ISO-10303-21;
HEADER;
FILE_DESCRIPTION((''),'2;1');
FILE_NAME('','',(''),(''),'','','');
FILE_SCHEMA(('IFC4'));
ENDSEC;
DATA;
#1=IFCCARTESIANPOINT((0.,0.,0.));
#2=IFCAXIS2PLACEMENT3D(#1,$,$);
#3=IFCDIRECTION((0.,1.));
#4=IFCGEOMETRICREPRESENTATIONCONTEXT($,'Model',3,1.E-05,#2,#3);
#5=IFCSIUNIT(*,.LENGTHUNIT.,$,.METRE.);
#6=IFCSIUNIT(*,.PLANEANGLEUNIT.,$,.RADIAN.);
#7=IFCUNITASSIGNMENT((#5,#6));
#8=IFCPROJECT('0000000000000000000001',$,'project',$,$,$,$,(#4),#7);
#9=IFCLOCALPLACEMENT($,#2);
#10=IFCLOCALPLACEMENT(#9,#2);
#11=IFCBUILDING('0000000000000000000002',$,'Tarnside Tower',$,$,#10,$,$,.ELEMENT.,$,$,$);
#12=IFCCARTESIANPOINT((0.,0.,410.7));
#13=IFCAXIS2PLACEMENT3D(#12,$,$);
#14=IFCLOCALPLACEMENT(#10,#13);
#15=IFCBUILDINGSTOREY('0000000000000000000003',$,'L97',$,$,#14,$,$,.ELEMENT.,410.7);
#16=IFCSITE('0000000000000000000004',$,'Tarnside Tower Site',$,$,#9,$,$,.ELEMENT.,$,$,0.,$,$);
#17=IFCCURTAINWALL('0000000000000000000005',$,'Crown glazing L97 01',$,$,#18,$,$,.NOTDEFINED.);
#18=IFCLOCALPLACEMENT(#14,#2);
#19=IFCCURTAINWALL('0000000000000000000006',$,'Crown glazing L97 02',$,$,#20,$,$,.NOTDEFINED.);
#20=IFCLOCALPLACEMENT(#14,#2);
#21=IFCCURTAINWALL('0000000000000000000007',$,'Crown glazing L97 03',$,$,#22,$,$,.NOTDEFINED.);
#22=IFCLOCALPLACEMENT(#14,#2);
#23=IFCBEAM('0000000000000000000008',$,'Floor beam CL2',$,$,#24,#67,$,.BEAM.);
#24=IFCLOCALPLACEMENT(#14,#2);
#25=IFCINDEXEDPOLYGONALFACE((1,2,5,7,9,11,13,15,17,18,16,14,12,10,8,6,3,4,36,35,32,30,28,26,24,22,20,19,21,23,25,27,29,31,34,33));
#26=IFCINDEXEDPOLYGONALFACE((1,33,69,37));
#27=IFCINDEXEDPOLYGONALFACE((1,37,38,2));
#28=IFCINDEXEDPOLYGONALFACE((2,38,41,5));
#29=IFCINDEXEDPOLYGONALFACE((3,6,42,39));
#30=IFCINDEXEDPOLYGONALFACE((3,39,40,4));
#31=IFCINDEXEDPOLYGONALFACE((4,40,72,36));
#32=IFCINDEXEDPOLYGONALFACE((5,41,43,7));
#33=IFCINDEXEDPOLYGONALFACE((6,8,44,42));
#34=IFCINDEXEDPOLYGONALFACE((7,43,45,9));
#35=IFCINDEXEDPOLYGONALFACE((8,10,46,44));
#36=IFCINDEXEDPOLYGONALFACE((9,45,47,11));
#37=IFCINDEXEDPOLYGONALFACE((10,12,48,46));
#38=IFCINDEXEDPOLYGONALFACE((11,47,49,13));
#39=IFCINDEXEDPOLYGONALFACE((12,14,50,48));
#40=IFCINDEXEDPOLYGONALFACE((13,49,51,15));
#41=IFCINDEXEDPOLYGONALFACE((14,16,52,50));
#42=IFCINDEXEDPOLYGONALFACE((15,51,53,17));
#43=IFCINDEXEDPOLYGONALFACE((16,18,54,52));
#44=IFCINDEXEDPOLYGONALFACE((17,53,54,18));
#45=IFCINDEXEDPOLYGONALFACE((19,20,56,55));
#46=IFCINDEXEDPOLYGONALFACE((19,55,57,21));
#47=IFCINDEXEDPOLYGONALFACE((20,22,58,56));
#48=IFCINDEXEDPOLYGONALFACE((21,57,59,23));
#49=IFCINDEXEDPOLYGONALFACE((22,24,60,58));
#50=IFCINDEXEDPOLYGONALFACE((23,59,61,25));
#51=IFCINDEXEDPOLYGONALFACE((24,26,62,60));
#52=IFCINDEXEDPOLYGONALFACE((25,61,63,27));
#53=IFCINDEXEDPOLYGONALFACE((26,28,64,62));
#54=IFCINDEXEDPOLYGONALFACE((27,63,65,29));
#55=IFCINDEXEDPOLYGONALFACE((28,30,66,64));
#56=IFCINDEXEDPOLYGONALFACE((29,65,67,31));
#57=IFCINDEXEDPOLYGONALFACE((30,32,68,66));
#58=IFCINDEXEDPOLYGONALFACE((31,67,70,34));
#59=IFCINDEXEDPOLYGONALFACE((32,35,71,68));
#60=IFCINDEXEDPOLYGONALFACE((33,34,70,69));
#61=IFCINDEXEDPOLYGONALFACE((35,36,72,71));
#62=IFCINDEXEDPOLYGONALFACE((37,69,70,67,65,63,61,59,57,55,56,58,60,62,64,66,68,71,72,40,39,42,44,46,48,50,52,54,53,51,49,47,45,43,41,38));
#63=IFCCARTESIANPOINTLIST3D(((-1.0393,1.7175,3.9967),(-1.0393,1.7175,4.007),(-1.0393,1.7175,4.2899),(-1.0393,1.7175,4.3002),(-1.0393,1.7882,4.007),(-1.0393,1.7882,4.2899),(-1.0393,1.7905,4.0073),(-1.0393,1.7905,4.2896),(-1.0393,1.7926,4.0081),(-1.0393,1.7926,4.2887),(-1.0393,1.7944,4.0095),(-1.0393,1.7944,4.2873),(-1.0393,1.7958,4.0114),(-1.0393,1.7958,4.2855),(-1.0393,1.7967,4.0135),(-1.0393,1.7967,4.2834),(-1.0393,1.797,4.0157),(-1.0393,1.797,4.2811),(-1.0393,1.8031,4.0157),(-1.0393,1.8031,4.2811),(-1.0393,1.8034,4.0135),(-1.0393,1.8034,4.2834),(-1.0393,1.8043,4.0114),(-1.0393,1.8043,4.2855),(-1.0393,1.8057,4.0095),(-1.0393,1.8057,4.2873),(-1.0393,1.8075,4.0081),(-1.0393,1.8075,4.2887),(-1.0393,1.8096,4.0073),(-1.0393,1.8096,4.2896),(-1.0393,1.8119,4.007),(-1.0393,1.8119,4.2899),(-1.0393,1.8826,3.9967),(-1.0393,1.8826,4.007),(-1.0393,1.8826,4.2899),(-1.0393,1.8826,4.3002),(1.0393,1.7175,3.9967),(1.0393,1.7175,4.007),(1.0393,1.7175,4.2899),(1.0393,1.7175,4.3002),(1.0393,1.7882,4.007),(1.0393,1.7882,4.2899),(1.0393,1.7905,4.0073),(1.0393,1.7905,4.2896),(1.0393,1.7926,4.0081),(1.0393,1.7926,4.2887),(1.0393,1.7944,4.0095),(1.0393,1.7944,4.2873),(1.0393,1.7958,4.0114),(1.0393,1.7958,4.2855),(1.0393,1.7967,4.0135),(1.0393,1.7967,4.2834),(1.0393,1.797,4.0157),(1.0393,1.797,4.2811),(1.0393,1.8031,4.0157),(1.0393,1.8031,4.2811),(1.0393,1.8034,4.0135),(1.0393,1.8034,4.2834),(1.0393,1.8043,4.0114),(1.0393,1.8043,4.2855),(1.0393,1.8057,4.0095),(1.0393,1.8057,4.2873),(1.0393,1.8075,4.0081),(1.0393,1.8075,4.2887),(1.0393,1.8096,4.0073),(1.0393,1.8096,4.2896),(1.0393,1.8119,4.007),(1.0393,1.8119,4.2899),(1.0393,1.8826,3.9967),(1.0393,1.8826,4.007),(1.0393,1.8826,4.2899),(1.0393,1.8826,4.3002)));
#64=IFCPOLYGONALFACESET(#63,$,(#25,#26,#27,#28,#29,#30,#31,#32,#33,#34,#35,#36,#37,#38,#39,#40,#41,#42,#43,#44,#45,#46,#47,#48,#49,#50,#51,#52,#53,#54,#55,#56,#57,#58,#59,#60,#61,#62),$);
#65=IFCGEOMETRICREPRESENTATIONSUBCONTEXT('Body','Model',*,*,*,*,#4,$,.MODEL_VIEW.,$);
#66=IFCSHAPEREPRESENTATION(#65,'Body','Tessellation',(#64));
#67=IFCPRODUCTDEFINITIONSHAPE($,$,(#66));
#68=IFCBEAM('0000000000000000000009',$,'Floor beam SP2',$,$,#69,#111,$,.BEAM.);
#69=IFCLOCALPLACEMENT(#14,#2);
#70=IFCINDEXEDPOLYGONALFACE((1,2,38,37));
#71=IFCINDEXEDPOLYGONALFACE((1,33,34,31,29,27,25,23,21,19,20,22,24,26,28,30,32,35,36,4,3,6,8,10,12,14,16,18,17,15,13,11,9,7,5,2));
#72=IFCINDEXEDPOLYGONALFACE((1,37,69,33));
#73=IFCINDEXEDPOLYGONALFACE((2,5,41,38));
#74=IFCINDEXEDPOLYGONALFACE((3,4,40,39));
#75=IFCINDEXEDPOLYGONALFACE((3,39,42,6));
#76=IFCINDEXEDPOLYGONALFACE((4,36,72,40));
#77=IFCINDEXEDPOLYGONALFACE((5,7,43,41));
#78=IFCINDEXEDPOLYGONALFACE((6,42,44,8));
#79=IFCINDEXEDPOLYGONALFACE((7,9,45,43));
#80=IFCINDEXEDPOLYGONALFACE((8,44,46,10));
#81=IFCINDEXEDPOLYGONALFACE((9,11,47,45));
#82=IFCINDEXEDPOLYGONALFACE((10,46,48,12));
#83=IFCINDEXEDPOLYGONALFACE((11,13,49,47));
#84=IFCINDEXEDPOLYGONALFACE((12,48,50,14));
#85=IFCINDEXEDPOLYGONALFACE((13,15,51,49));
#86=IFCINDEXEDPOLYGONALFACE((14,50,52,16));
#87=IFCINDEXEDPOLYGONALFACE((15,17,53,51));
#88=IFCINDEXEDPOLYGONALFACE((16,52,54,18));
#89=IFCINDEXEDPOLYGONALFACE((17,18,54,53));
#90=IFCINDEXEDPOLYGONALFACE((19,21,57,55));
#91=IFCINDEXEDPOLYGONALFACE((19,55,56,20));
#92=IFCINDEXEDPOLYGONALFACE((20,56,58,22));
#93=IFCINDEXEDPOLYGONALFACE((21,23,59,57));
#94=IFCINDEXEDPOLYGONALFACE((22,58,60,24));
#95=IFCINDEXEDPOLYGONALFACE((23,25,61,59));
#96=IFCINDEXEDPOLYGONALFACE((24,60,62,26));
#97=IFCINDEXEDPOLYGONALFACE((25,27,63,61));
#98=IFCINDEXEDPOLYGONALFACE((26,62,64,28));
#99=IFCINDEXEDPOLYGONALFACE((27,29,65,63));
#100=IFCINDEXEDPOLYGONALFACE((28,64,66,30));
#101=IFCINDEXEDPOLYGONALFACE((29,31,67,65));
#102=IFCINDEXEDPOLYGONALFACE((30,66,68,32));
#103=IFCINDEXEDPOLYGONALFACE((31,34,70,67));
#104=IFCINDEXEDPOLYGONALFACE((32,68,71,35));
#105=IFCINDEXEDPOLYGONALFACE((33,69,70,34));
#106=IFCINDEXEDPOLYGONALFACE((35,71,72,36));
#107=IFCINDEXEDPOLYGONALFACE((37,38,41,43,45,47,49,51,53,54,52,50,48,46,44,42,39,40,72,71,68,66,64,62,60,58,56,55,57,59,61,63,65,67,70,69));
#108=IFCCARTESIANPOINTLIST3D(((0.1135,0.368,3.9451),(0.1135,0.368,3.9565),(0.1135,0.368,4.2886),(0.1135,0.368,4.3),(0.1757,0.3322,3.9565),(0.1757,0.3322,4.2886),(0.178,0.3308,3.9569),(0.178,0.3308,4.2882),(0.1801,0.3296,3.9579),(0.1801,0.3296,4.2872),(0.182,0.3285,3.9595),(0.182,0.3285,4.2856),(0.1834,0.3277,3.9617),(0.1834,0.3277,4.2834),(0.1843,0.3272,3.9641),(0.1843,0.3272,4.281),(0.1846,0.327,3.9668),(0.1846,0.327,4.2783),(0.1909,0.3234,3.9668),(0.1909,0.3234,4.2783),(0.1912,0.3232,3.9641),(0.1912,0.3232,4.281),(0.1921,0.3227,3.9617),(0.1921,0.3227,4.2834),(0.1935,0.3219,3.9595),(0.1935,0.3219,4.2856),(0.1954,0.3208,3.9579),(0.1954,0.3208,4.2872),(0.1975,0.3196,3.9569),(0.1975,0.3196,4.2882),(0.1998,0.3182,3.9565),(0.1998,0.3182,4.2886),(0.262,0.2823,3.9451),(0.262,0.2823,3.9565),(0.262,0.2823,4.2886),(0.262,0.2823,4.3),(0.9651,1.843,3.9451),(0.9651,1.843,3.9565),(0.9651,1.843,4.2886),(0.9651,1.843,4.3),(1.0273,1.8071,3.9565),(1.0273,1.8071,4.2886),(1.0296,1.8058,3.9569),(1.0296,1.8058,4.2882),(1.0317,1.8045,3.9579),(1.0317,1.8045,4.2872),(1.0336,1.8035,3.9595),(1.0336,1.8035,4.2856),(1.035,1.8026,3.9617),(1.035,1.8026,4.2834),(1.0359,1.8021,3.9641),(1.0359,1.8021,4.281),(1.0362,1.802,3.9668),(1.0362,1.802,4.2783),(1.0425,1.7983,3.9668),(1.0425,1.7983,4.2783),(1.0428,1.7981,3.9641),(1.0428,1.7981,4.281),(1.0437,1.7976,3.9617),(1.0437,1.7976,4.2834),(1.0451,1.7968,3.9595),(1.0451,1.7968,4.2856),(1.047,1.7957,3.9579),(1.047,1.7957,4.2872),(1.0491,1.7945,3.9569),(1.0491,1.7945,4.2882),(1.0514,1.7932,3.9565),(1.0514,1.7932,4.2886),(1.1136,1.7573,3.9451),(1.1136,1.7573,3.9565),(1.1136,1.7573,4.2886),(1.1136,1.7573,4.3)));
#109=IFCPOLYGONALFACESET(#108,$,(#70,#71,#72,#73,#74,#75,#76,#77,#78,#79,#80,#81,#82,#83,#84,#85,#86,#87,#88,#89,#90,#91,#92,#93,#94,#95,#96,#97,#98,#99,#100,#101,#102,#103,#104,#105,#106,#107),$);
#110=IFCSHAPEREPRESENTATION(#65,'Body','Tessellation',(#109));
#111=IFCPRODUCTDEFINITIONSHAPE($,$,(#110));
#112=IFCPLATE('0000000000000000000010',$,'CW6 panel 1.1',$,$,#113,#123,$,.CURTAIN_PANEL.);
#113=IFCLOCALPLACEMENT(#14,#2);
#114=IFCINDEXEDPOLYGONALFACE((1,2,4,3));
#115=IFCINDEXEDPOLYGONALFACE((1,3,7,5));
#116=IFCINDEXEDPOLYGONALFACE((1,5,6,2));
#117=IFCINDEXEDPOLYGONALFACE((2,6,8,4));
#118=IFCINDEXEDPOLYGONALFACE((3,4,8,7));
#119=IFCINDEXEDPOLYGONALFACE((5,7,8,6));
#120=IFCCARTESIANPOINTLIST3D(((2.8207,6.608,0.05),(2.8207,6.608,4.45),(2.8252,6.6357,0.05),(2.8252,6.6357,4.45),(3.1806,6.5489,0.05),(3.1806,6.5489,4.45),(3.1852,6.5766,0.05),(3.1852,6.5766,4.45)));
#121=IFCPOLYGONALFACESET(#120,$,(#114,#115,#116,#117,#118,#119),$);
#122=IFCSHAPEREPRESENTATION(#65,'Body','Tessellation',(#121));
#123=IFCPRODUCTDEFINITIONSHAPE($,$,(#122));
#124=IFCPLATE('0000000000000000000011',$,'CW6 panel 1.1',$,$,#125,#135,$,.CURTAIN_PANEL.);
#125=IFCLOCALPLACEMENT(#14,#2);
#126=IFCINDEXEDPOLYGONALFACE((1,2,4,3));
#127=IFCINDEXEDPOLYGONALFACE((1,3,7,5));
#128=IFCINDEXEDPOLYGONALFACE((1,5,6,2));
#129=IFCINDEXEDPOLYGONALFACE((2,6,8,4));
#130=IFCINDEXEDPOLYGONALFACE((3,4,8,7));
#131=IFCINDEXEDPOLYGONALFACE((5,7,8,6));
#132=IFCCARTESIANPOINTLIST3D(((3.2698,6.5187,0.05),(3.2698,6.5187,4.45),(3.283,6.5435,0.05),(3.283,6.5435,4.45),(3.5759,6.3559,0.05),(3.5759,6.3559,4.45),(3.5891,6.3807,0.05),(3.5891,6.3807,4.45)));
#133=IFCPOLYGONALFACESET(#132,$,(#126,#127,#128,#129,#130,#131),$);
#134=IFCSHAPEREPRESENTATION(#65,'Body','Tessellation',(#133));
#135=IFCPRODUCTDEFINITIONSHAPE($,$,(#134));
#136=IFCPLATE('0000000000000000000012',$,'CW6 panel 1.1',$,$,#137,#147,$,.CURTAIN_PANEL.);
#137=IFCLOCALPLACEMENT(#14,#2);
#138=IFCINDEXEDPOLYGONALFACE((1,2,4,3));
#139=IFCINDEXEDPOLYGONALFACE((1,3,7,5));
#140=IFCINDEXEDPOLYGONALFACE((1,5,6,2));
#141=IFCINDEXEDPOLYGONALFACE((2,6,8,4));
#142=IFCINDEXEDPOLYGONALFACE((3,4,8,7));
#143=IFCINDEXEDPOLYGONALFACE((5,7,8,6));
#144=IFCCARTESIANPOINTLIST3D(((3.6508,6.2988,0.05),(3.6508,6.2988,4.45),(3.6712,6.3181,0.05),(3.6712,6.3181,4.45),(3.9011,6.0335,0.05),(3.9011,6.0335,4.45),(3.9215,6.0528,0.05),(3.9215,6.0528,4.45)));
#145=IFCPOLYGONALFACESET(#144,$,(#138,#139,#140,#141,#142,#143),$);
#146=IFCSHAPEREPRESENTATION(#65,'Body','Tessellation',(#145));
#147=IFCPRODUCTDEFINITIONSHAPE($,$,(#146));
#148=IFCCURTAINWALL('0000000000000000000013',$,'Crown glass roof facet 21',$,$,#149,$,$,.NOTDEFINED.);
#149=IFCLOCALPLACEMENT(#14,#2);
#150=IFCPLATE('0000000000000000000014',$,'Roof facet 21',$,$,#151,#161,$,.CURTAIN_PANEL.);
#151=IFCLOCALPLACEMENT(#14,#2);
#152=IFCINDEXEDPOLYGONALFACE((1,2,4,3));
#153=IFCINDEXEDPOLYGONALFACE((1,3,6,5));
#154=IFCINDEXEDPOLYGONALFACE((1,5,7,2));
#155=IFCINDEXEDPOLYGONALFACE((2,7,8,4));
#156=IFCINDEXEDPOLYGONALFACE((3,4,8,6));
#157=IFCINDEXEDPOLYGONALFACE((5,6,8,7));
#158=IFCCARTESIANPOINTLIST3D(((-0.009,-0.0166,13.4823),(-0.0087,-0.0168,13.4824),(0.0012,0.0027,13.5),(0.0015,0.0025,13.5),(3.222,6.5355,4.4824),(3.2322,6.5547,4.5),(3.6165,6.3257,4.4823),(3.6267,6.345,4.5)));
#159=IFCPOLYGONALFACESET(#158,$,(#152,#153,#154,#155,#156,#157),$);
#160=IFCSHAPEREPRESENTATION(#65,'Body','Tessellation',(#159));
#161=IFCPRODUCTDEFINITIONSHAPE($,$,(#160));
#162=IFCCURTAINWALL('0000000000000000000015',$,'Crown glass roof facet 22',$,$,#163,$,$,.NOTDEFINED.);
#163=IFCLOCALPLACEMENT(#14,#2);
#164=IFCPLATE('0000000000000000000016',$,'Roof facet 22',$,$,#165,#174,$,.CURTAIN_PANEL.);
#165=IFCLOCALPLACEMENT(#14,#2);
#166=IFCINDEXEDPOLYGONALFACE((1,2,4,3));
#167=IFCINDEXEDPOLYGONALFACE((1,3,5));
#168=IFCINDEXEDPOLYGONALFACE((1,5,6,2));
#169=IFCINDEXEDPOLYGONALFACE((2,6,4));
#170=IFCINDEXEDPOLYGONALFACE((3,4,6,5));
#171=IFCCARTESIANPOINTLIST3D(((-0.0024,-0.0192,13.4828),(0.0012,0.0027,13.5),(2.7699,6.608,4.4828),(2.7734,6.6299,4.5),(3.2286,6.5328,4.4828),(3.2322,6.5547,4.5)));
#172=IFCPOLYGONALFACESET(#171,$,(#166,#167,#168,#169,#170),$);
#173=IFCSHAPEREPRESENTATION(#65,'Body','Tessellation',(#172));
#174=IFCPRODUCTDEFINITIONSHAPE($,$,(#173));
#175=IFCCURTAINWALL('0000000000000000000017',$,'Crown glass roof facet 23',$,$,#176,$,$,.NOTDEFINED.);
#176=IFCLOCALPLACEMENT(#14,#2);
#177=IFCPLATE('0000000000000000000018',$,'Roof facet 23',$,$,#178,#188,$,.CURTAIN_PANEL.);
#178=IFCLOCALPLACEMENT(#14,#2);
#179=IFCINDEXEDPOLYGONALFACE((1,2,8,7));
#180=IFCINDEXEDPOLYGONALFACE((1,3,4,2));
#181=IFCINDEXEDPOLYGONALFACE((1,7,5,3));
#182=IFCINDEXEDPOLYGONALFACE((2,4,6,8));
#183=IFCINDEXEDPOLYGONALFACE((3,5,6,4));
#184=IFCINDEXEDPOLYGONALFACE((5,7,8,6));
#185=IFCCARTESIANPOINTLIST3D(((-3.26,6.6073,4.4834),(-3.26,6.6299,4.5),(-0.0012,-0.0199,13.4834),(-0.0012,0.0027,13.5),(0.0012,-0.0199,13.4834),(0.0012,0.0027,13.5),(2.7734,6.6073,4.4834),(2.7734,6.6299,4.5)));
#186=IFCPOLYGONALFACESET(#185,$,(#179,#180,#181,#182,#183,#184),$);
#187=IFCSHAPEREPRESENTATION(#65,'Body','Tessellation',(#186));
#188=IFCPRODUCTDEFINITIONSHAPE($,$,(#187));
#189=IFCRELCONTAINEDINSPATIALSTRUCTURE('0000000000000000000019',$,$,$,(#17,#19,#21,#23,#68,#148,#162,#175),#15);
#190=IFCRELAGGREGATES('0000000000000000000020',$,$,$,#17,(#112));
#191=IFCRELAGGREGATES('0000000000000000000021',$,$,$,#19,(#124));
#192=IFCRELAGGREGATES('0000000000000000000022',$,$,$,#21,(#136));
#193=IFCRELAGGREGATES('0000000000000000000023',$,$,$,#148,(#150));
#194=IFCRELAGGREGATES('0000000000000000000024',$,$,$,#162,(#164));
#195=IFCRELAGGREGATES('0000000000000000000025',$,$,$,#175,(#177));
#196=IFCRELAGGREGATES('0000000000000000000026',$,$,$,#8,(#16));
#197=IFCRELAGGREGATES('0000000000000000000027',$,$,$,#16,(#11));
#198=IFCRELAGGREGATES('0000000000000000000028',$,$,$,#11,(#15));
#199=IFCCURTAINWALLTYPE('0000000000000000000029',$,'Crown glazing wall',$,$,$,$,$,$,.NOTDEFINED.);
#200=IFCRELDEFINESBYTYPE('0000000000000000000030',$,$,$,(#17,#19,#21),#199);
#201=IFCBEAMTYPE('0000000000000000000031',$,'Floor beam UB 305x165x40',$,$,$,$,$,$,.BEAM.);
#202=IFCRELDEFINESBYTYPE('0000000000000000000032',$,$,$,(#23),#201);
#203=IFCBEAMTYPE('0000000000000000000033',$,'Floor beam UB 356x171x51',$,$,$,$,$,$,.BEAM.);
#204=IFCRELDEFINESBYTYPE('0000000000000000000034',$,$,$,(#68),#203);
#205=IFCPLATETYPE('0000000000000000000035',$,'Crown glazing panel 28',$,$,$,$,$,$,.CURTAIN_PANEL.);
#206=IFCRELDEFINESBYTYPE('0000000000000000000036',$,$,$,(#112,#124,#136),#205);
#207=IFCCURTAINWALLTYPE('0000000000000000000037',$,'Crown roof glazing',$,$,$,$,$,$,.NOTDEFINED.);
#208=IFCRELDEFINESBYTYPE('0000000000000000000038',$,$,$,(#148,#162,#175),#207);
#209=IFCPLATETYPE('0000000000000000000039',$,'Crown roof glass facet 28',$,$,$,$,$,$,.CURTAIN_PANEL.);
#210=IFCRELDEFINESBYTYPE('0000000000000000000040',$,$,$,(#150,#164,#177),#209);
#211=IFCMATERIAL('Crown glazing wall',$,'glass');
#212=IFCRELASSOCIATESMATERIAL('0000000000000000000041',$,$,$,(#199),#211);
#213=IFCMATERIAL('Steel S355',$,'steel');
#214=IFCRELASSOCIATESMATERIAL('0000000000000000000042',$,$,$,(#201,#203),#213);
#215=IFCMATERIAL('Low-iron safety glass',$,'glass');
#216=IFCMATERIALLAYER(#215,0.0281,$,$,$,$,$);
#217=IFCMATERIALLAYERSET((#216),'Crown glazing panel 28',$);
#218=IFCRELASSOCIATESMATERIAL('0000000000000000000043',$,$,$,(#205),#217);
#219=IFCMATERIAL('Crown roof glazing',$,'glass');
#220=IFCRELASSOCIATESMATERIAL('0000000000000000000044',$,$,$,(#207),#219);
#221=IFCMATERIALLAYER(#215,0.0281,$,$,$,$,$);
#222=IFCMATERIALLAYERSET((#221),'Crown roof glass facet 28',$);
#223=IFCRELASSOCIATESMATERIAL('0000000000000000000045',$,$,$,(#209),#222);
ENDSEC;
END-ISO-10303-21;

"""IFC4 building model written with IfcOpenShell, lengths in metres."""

from ifc_helpers import new_model, si_unit, direction, frame, origin, origin_2d, place, context, subcontext, project, spatial, polyline, rectangle, i_section, outline, extrude, material, layer, layer_set, material_profile, profile_set, type_object, element, aggregate, save


model = new_model("IFC4")

# Units and contexts
model_context = context("Model", 3, precision=1e-05, world=origin(), true_north=direction((0.0, 1.0)))
body_context = subcontext(model_context, "Body", "Model", "MODEL_VIEW")
ifc_project = project(units=[si_unit("LENGTHUNIT", "METRE"), si_unit("PLANEANGLEUNIT", "RADIAN")], contexts=[model_context])

# Site, building, storey
site_placement = place(None, origin())
site = spatial("IfcSite", under=ifc_project, at=site_placement, Name="Tarnside Tower Site", CompositionType="ELEMENT", RefElevation=0.0)
building_placement = place(site_placement, origin())
building = spatial("IfcBuilding", under=site, at=building_placement, Name="Tarnside Tower", CompositionType="ELEMENT")
storey_placement = place(building_placement, frame((0.0, 0.0, 410.7)))
storey = spatial("IfcBuildingStorey", under=building, at=storey_placement, Name="L97", CompositionType="ELEMENT", Elevation=410.7)

# Shared definitions
ifc_material_1 = material(Name="Crown glazing wall", Category="glass")
curtain_wall_type_1 = type_object("IfcCurtainWallType", Name="Crown glazing wall", PredefinedType="NOTDEFINED", material=ifc_material_1)

# Curtain walls
curtain_wall_1_placement = place(storey_placement, origin())
curtain_wall_1 = element("IfcCurtainWall", 1, at=curtain_wall_1_placement, inside=storey, type_object=curtain_wall_type_1, Name="Crown glazing L97 01", PredefinedType="NOTDEFINED")
curtain_wall_2_placement = place(storey_placement, origin())
curtain_wall_2 = element("IfcCurtainWall", 2, at=curtain_wall_2_placement, inside=storey, type_object=curtain_wall_type_1, Name="Crown glazing L97 02", PredefinedType="NOTDEFINED")
curtain_wall_3_placement = place(storey_placement, origin())
curtain_wall_3 = element("IfcCurtainWall", 3, at=curtain_wall_3_placement, inside=storey, type_object=curtain_wall_type_1, Name="Crown glazing L97 03", PredefinedType="NOTDEFINED")

# Shared definitions
ifc_material_2 = material(Name="Steel S355", Category="steel")

# Beams
ifc_material_profile_1 = material_profile(ifc_material_2, i_section(OverallWidth=0.165, OverallDepth=0.3035, WebThickness=0.0061, FlangeThickness=0.0103, FilletRadius=0.0088, at=origin_2d()), Name="UB 305x165x40")
ifc_profile_set_1 = profile_set([ifc_material_profile_1], Name="Steel S355")
beam_type_1 = type_object("IfcBeamType", Name="Floor beam UB 305x165x40", PredefinedType="BEAM", material=ifc_profile_set_1)
beam_1_placement = place(storey_placement, frame((1.0393, 1.8, 4.1484), z_axis=(-1.0, 0.0, 0.0), x_axis=(0.0, -1.0, 0.0)))
element("IfcBeam", 4, at=beam_1_placement, inside=storey, type_object=beam_type_1, Name="Floor beam CL2", PredefinedType="BEAM", context=body_context, shape_type="SweptSolid", body=[
    extrude(i_section(OverallWidth=0.165, OverallDepth=0.3035, WebThickness=0.0061, FlangeThickness=0.0103, FilletRadius=0.0088, at=origin_2d()), origin(), (0.0, 0.0, 1.0), 2.0786),
])
ifc_material_profile_2 = material_profile(ifc_material_2, i_section(OverallWidth=0.1714, OverallDepth=0.355, WebThickness=0.0073, FlangeThickness=0.0115, FilletRadius=0.0103, at=origin_2d()), Name="UB 356x171x51")
ifc_profile_set_2 = profile_set([ifc_material_profile_2], Name="Steel S355")
beam_type_2 = type_object("IfcBeamType", Name="Floor beam UB 356x171x51", PredefinedType="BEAM", material=ifc_profile_set_2)
beam_2_placement = place(storey_placement, frame((0.1877, 0.3252, 4.1226), z_axis=(0.500024, 0.866011, 0.0), x_axis=(-0.866011, 0.500024, 0.0)))
element("IfcBeam", 5, at=beam_2_placement, inside=storey, type_object=beam_type_2, Name="Floor beam SP2", PredefinedType="BEAM", context=body_context, shape_type="SweptSolid", body=[
    extrude(i_section(OverallWidth=0.1714, OverallDepth=0.355, WebThickness=0.0073, FlangeThickness=0.0115, FilletRadius=0.0103, at=origin_2d()), origin(), (0.0, 0.0, 1.0), 1.7031),
])

# Plates
ifc_material_3 = material(Name="Low-iron safety glass", Category="glass")
ifc_layer_1 = layer(ifc_material_3, 0.0281)
ifc_layer_set_1 = layer_set([ifc_layer_1], Name="Crown glazing panel 28")
plate_type_1 = type_object("IfcPlateType", Name="Crown glazing panel 28", PredefinedType="CURTAIN_PANEL", material=ifc_layer_set_1)
plate_1_placement = place(storey_placement, frame((3.0029, 6.5923, 0.05), z_axis=(0.0, 0.0, 1.0), x_axis=(0.986762, -0.162178, 0.0)))
plate_1 = element("IfcPlate", 6, at=plate_1_placement, type_object=plate_type_1, Name="CW6 panel 1.1", PredefinedType="CURTAIN_PANEL", context=body_context, shape_type="SweptSolid", body=[
    extrude(rectangle(XDim=0.3647, YDim=0.0281, at=origin_2d()), origin(), (0.0, 0.0, 1.0), 4.3999),
])
aggregate(curtain_wall_1, [plate_1])
plate_2_placement = place(storey_placement, frame((3.4294, 6.4497, 0.05), z_axis=(0.0, 0.0, 1.0), x_axis=(0.882948, -0.469472, 0.0)))
plate_2 = element("IfcPlate", 7, at=plate_2_placement, type_object=plate_type_1, Name="CW6 panel 1.1", PredefinedType="CURTAIN_PANEL", context=body_context, shape_type="SweptSolid", body=[
    extrude(rectangle(XDim=0.3467, YDim=0.0281, at=origin_2d()), origin(), (0.0, 0.0, 1.0), 4.3999),
])
aggregate(curtain_wall_2, [plate_2])
plate_3_placement = place(storey_placement, frame((3.7861, 6.1758, 0.05), z_axis=(0.0, 0.0, 1.0), x_axis=(0.686242, -0.727374, 0.0)))
plate_3 = element("IfcPlate", 8, at=plate_3_placement, type_object=plate_type_1, Name="CW6 panel 1.1", PredefinedType="CURTAIN_PANEL", context=body_context, shape_type="SweptSolid", body=[
    extrude(rectangle(XDim=0.3647, YDim=0.0281, at=origin_2d()), origin(), (0.0, 0.0, 1.0), 4.3999),
])
aggregate(curtain_wall_3, [plate_3])

# Curtain walls, plates
ifc_material_4 = material(Name="Crown roof glazing", Category="glass")
curtain_wall_type_2 = type_object("IfcCurtainWallType", Name="Crown roof glazing", PredefinedType="NOTDEFINED", material=ifc_material_4)
curtain_wall_4_placement = place(storey_placement, origin())
curtain_wall_4 = element("IfcCurtainWall", 9, at=curtain_wall_4_placement, inside=storey, type_object=curtain_wall_type_2, Name="Crown glass roof facet 21", PredefinedType="NOTDEFINED")
ifc_layer_2 = layer(ifc_material_3, 0.0281)
ifc_layer_set_2 = layer_set([ifc_layer_2], Name="Crown roof glass facet 28")
plate_type_2 = type_object("IfcPlateType", Name="Crown roof glass facet 28", PredefinedType="CURTAIN_PANEL", material=ifc_layer_set_2)
plate_4_placement = place(storey_placement, frame((3.6267, 6.345, 4.5), z_axis=(0.364646, 0.68562, 0.630046), x_axis=(-0.882939, 0.469489, 0.000111)))
plate_4 = element("IfcPlate", 10, at=plate_4_placement, type_object=plate_type_2, Name="Roof facet 21", PredefinedType="CURTAIN_PANEL", context=body_context, shape_type="SweptSolid", body=[
    extrude(outline(polyline([(0.0, 0.0), (0.4468, 0.0), (0.2244, 11.5896), (0.2241, 11.5896), (0.0, 0.0)])), origin(), (0.0, 0.0, -1.0), 0.0281),
])
aggregate(curtain_wall_4, [plate_4])
curtain_wall_5_placement = place(storey_placement, origin())
curtain_wall_5 = element("IfcCurtainWall", 11, at=curtain_wall_5_placement, inside=storey, type_object=curtain_wall_type_2, Name="Crown glass roof facet 22", PredefinedType="NOTDEFINED")
plate_5_placement = place(storey_placement, frame((3.2322, 6.5547, 4.5), z_axis=(0.127764, 0.779446, 0.613303), x_axis=(-0.98683, 0.161758, 0.0)))
plate_5 = element("IfcPlate", 12, at=plate_5_placement, type_object=plate_type_2, Name="Roof facet 22", PredefinedType="CURTAIN_PANEL", context=body_context, shape_type="SweptSolid", body=[
    extrude(outline(polyline([(0.0, 0.0), (0.4649, 0.0), (2.1286, 11.3946), (2.1286, 11.3946), (0.0, 0.0)])), origin(), (0.0, 0.0, -1.0), 0.0281),
])
aggregate(curtain_wall_5, [plate_5])
curtain_wall_6_placement = place(storey_placement, origin())
curtain_wall_6 = element("IfcCurtainWall", 13, at=curtain_wall_6_placement, inside=storey, type_object=curtain_wall_type_2, Name="Crown glass roof facet 23", PredefinedType="NOTDEFINED")
plate_6_placement = place(storey_placement, frame((2.7734, 6.6299, 4.5), z_axis=(0.0, 0.805243, 0.592945), x_axis=(-1.0, 0.0, 0.0)))
plate_6 = element("IfcPlate", 14, at=plate_6_placement, type_object=plate_type_2, Name="Roof facet 23", PredefinedType="CURTAIN_PANEL", context=body_context, shape_type="SweptSolid", body=[
    extrude(outline(polyline([(0.0, 0.0), (6.0334, 0.0), (2.7747, 11.1768), (2.7722, 11.1768), (0.0, 0.0)])), origin(), (0.0, 0.0, -1.0), 0.0281),
])
aggregate(curtain_wall_6, [plate_6])

save(model, "model.ifc")
